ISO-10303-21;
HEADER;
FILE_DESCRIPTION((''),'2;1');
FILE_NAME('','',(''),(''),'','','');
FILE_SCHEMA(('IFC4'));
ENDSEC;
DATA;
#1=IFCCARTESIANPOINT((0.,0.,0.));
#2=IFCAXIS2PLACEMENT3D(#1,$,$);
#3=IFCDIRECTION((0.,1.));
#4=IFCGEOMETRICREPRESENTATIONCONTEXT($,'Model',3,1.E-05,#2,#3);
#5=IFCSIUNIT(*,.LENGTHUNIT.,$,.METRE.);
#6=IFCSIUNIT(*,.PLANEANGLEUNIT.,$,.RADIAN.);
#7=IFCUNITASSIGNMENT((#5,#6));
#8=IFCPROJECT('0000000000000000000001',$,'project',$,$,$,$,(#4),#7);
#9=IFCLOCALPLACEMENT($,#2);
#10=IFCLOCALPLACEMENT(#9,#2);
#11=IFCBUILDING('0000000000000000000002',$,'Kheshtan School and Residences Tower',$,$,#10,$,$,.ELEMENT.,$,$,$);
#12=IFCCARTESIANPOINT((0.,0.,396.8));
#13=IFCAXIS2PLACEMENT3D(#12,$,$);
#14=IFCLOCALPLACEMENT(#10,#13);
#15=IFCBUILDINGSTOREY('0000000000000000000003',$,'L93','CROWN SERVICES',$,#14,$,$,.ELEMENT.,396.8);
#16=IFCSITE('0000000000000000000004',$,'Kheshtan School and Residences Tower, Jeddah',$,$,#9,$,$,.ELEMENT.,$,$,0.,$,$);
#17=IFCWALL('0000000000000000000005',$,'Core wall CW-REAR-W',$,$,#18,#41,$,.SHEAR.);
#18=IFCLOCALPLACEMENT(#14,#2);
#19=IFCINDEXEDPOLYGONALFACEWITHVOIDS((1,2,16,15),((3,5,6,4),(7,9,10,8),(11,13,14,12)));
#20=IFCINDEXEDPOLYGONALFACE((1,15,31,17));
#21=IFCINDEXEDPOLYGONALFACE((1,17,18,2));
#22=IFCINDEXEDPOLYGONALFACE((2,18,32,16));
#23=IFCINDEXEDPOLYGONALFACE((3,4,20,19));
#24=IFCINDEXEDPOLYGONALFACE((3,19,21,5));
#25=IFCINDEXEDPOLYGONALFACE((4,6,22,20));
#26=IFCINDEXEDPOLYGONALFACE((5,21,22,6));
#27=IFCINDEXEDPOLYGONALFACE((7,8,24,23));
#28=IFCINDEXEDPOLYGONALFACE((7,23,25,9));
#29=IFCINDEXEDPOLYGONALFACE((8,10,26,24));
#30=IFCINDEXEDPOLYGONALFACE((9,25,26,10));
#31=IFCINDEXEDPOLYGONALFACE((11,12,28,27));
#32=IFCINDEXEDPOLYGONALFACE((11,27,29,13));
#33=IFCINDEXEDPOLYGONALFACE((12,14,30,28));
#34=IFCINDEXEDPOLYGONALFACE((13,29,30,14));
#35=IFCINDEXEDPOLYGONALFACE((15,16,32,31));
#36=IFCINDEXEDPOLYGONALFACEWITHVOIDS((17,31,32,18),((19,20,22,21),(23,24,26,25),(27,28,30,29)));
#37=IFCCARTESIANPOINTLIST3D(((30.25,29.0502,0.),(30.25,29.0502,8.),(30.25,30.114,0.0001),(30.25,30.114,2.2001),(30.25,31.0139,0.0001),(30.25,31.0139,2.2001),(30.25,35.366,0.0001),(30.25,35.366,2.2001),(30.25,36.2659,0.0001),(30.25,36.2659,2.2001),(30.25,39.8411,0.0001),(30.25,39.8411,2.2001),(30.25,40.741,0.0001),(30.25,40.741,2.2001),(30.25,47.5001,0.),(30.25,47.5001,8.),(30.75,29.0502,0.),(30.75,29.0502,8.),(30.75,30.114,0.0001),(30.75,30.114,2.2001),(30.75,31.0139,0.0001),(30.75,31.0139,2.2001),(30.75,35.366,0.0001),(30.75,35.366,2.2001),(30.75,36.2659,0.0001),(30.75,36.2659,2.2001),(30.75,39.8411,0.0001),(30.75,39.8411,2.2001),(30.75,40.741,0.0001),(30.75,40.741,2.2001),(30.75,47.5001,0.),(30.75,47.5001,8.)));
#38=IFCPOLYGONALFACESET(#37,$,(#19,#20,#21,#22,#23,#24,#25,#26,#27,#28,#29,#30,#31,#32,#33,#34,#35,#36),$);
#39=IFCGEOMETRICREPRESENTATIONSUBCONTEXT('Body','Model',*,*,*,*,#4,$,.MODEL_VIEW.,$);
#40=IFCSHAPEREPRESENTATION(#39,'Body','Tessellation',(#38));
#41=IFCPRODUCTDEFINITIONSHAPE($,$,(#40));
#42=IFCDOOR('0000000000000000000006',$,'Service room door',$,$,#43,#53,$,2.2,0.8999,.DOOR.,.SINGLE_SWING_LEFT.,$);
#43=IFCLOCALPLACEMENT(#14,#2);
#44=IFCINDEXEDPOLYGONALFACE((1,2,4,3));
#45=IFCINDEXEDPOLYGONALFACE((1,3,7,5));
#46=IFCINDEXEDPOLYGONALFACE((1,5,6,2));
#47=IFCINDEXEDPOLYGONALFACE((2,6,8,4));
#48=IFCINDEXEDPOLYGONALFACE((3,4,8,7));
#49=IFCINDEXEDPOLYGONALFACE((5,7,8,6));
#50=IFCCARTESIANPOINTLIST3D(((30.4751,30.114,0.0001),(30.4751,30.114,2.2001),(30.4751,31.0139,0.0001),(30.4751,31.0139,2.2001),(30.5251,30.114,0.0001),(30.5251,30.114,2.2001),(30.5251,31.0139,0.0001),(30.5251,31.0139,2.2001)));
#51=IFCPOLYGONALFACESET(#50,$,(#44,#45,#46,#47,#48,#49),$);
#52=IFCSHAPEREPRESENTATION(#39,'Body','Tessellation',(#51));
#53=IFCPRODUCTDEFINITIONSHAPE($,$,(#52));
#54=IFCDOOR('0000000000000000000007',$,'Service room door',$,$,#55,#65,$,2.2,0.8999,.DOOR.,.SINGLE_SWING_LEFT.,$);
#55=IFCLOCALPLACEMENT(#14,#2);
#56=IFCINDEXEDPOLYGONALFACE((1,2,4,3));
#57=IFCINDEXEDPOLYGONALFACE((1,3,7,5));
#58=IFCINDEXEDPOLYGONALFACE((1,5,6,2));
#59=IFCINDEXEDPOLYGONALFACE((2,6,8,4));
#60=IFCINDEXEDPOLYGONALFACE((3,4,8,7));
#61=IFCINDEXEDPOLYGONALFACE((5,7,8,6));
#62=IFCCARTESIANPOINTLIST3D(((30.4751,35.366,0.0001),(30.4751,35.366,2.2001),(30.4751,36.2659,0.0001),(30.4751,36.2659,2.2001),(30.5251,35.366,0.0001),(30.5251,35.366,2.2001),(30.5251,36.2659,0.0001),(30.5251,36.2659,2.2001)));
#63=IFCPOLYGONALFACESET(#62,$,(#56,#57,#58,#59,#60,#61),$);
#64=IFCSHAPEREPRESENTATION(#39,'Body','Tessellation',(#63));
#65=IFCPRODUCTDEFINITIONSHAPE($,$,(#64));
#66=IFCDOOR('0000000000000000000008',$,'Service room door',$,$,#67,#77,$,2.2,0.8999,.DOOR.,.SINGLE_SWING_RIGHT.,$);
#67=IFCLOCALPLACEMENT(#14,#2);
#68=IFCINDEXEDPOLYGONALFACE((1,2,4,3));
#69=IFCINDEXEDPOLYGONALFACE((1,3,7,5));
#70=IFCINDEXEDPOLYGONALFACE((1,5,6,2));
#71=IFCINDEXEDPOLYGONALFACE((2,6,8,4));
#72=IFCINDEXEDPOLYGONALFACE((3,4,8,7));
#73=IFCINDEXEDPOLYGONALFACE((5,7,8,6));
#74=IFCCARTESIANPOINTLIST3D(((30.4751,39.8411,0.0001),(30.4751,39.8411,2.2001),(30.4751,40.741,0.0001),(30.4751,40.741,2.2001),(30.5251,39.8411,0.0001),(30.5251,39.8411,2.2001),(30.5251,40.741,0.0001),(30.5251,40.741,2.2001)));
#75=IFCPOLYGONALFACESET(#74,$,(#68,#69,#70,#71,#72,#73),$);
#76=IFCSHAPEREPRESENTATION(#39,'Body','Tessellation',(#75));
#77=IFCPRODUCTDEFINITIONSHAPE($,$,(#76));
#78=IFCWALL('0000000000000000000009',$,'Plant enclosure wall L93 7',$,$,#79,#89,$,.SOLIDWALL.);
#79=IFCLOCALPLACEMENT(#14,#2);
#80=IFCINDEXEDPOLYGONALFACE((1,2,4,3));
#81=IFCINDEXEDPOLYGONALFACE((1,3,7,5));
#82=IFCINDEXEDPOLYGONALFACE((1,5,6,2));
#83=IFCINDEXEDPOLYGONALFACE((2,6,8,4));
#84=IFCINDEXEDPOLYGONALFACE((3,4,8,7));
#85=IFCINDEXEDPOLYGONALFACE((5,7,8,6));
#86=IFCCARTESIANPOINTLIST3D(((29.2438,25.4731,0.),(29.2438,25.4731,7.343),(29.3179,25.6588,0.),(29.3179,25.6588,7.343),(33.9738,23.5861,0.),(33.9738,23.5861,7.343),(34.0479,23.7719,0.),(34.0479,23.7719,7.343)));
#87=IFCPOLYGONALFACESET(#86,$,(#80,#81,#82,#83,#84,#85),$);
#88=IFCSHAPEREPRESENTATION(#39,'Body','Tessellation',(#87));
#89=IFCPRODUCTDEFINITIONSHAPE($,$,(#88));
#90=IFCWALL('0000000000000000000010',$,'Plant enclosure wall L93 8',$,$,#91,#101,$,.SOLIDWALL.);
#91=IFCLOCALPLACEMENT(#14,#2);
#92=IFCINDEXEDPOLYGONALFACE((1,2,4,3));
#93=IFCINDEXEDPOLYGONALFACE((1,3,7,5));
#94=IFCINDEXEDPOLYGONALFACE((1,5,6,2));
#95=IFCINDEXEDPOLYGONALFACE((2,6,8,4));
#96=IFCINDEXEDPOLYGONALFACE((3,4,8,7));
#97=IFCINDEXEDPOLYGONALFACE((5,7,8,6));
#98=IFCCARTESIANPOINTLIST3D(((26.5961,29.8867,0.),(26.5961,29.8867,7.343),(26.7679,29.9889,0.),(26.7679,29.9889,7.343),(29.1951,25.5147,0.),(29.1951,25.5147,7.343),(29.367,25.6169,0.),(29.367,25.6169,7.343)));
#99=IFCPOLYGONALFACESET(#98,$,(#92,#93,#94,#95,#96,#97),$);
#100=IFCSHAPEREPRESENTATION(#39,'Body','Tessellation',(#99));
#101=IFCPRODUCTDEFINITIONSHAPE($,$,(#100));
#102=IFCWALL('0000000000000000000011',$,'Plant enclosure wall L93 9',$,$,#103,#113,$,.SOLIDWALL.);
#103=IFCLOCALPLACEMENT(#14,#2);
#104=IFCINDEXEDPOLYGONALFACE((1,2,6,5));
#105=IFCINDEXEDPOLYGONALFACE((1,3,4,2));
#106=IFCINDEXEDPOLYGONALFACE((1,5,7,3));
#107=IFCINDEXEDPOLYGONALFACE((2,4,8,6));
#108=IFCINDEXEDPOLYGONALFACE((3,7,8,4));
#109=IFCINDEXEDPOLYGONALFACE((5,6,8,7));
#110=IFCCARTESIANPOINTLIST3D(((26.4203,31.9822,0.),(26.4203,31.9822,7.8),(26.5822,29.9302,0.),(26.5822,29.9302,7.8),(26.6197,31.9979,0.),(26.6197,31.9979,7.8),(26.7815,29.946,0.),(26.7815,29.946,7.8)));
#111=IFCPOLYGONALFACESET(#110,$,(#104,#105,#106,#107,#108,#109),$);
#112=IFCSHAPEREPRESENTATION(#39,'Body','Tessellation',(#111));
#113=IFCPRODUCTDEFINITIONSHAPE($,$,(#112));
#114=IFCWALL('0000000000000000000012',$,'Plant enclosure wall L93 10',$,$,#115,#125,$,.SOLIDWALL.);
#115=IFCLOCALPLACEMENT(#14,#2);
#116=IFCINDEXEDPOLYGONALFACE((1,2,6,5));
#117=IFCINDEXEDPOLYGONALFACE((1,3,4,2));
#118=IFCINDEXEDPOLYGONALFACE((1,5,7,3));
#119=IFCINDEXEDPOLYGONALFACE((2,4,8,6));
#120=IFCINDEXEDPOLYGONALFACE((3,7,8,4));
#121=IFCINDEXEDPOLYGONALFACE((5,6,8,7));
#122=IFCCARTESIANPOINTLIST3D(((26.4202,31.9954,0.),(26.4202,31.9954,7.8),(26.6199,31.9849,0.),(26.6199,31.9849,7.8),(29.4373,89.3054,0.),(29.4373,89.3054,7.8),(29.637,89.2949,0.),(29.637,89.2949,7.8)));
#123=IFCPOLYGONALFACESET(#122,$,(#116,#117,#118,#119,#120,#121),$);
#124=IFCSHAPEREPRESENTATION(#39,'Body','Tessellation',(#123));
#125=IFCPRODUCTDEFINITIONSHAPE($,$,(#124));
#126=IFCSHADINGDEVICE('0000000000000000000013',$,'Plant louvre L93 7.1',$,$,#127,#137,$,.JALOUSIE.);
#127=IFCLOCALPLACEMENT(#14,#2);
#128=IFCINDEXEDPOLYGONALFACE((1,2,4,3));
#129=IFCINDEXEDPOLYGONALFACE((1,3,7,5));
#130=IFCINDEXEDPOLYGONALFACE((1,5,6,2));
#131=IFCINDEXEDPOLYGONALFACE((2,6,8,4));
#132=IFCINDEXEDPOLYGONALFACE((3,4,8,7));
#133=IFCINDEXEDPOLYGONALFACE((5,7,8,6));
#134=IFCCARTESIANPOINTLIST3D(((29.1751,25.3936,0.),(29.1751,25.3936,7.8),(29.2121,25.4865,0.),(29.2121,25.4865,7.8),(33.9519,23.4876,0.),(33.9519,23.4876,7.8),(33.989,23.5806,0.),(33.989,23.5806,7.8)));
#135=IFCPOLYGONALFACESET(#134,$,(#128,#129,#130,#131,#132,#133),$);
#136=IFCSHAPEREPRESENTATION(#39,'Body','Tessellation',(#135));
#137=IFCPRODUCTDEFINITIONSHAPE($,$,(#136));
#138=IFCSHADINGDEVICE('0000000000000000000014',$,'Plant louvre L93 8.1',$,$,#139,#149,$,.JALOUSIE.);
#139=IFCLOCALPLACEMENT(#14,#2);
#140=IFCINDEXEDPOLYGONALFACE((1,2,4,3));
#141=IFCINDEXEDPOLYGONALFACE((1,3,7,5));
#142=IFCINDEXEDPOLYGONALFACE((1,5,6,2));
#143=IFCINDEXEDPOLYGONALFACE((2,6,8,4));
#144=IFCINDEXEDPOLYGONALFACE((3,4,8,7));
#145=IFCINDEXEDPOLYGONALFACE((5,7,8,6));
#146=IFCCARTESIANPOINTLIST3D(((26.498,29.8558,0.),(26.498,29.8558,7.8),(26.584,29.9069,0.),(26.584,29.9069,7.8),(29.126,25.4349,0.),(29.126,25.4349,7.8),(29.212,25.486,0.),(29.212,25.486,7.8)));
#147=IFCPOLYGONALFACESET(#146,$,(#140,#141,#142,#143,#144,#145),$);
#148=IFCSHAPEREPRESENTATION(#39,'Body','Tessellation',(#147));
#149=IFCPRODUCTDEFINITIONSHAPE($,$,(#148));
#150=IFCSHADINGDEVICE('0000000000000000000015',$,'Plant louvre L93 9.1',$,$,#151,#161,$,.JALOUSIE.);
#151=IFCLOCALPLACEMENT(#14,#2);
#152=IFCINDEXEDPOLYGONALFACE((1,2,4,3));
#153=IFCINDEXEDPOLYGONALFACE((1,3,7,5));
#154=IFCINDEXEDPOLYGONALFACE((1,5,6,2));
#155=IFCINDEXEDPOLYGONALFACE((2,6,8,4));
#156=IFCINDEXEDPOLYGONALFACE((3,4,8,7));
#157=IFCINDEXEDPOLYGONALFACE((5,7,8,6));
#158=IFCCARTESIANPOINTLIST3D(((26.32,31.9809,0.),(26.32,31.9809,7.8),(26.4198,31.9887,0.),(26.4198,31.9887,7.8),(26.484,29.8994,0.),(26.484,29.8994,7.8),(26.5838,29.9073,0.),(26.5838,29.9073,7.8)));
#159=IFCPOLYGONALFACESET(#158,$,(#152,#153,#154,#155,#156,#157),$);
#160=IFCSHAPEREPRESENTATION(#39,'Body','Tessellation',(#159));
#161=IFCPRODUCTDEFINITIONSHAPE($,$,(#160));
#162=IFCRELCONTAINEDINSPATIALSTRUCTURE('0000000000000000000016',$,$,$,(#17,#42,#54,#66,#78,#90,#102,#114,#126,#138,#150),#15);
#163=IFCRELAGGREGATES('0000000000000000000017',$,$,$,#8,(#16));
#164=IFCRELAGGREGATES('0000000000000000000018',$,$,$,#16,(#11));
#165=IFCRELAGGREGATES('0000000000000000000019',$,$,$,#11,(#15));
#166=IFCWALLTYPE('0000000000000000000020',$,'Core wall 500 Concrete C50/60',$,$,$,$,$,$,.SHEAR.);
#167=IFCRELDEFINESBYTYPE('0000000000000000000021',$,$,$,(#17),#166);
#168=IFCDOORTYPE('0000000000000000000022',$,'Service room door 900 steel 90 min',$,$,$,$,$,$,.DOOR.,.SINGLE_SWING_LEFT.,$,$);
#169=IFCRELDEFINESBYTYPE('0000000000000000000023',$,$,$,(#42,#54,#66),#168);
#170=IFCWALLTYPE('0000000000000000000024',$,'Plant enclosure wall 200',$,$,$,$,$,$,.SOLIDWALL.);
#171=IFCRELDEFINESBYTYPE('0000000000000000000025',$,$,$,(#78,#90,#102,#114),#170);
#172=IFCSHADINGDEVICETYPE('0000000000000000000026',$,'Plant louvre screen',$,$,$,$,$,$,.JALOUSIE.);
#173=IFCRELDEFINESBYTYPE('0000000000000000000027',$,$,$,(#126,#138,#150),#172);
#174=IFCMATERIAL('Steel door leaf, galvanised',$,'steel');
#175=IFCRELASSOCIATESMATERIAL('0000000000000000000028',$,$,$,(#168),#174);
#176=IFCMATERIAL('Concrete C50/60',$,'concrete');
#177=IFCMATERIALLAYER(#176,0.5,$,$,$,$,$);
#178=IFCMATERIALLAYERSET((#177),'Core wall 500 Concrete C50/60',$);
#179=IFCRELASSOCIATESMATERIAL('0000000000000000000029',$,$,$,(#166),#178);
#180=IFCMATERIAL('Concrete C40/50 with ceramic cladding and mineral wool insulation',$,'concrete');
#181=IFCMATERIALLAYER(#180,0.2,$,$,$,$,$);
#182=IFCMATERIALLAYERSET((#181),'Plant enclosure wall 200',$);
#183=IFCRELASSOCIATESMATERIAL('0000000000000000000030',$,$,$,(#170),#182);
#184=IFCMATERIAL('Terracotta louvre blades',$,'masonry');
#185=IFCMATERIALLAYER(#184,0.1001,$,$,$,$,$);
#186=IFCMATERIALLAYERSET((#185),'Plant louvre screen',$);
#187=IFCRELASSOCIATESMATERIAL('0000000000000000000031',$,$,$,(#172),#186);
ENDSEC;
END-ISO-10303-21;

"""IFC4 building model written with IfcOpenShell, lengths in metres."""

from ifc_helpers import new_model, si_unit, direction, frame, frame_2d, origin, origin_2d, place, context, subcontext, project, spatial, rectangle, extrude, source, transform, mapped, material, layer, layer_set, type_object, element, fill, save


model = new_model("IFC4")

# Units and contexts
model_context = context("Model", 3, precision=1e-05, world=origin(), true_north=direction((0.0, 1.0)))
body_context = subcontext(model_context, "Body", "Model", "MODEL_VIEW")
ifc_project = project(units=[si_unit("LENGTHUNIT", "METRE"), si_unit("PLANEANGLEUNIT", "RADIAN")], contexts=[model_context])

# Site, building, storey
site_placement = place(None, origin())
site = spatial("IfcSite", under=ifc_project, at=site_placement, Name="Kheshtan School and Residences Tower, Jeddah", CompositionType="ELEMENT", RefElevation=0.0)
building_placement = place(site_placement, origin())
building = spatial("IfcBuilding", under=site, at=building_placement, Name="Kheshtan School and Residences Tower", CompositionType="ELEMENT")
storey_placement = place(building_placement, frame((0.0, 0.0, 396.8)))
storey = spatial("IfcBuildingStorey", under=building, at=storey_placement, Name="L93", Description="CROWN SERVICES", CompositionType="ELEMENT", Elevation=396.8)

# Shared definitions
ifc_material_1 = material(Name="Concrete C50/60", Category="concrete")
ifc_material_2 = material(Name="Steel door leaf, galvanised", Category="steel")
door_type_1 = type_object("IfcDoorType", Name="Service room door 900 steel 90 min", OperationType="SINGLE_SWING_LEFT", PredefinedType="DOOR", material=ifc_material_2)
shared_shape_1 = source(origin(), body_context, "Body", "SweptSolid", [
    extrude(rectangle(XDim=0.8999, YDim=2.2, at=frame_2d((0.45, 1.1001))), frame((0.0, 0.0249, 0.0), z_axis=(0.0, -1.0, 0.0), x_axis=(1.0, 0.0, 0.0)), (0.0, 0.0, 1.0), 0.05),
])

# Shared definitions
ifc_layer_1 = layer(ifc_material_1, 0.5)
ifc_layer_set_1 = layer_set([ifc_layer_1], Name="Core wall 500 Concrete C50/60")
wall_type_1 = type_object("IfcWallType", Name="Core wall 500 Concrete C50/60", PredefinedType="SHEAR", material=ifc_layer_set_1)

# Wall, openings, doors
wall_1_placement = place(storey_placement, frame((30.5, 29.05, 0.0), z_axis=(0.0, 0.0, 1.0), x_axis=(0.0, 1.0, 0.0)))
wall_1 = element("IfcWall", 1, at=wall_1_placement, inside=storey, type_object=wall_type_1, Name="Core wall CW-REAR-W", PredefinedType="SHEAR", context=body_context, shape_type="SweptSolid", body=[
    extrude(rectangle(XDim=18.45, YDim=0.5, at=frame_2d((9.2251, 0.0))), origin(), (0.0, 0.0, 1.0), 8.0),
])
opening_1_placement = place(wall_1_placement, frame((1.064, 0.0, 0.0)))
opening_1 = element("IfcOpeningElement", 2, at=opening_1_placement, cuts=wall_1, PredefinedType="OPENING", context=body_context, shape_type="SweptSolid", body=[
    extrude(rectangle(XDim=0.8999, YDim=2.2, at=frame_2d((0.45, 1.1001))), frame((0.0, 0.26, 0.0), z_axis=(0.0, -1.0, 0.0), x_axis=(1.0, 0.0, 0.0)), (0.0, 0.0, 1.0), 0.52),
])
opening_2_placement = place(wall_1_placement, frame((6.3159, 0.0, 0.0)))
opening_2 = element("IfcOpeningElement", 3, at=opening_2_placement, cuts=wall_1, PredefinedType="OPENING", context=body_context, shape_type="SweptSolid", body=[
    extrude(rectangle(XDim=0.8999, YDim=2.2, at=frame_2d((0.45, 1.1001))), frame((0.0, 0.26, 0.0), z_axis=(0.0, -1.0, 0.0), x_axis=(1.0, 0.0, 0.0)), (0.0, 0.0, 1.0), 0.52),
])
opening_3_placement = place(wall_1_placement, frame((10.791, 0.0, 0.0)))
opening_3 = element("IfcOpeningElement", 4, at=opening_3_placement, cuts=wall_1, PredefinedType="OPENING", context=body_context, shape_type="SweptSolid", body=[
    extrude(rectangle(XDim=0.8999, YDim=2.2, at=frame_2d((0.45, 1.1001))), frame((0.0, 0.26, 0.0), z_axis=(0.0, -1.0, 0.0), x_axis=(1.0, 0.0, 0.0)), (0.0, 0.0, 1.0), 0.52),
])
door_1_placement = place(opening_1_placement, origin())
door_1 = element("IfcDoor", 5, at=door_1_placement, inside=storey, type_object=door_type_1, Name="Service room door", OperationType="SINGLE_SWING_LEFT", OverallHeight=2.2, OverallWidth=0.8999, PredefinedType="DOOR", context=body_context, shape_type="MappedRepresentation", body=[
    mapped(shared_shape_1, transform((0.0, 0.0, 0.0), x_axis=(1.0, 0.0, 0.0), y_axis=(0.0, 1.0, 0.0), z_axis=(0.0, 0.0, 1.0), scale=1.0)),
])
fill(opening_1, door_1)
door_2_placement = place(opening_2_placement, origin())
door_2 = element("IfcDoor", 6, at=door_2_placement, inside=storey, type_object=door_type_1, Name="Service room door", OperationType="SINGLE_SWING_LEFT", OverallHeight=2.2, OverallWidth=0.8999, PredefinedType="DOOR", context=body_context, shape_type="MappedRepresentation", body=[
    mapped(shared_shape_1, transform((0.0, 0.0, 0.0), x_axis=(1.0, 0.0, 0.0), y_axis=(0.0, 1.0, 0.0), z_axis=(0.0, 0.0, 1.0), scale=1.0)),
])
fill(opening_2, door_2)
door_3_placement = place(opening_3_placement, origin())
door_3 = element("IfcDoor", 7, at=door_3_placement, inside=storey, type_object=door_type_1, Name="Service room door", OperationType="SINGLE_SWING_RIGHT", OverallHeight=2.2, OverallWidth=0.8999, PredefinedType="DOOR", context=body_context, shape_type="MappedRepresentation", body=[
    mapped(shared_shape_1, transform((0.0, 0.0, 0.0), x_axis=(1.0, 0.0, 0.0), y_axis=(0.0, 1.0, 0.0), z_axis=(0.0, 0.0, 1.0), scale=1.0)),
])
fill(opening_3, door_3)

# Walls
ifc_material_3 = material(Name="Concrete C40/50 with ceramic cladding and mineral wool insulation", Category="concrete")
ifc_layer_2 = layer(ifc_material_3, 0.2)
ifc_layer_set_2 = layer_set([ifc_layer_2], Name="Plant enclosure wall 200")
wall_type_2 = type_object("IfcWallType", Name="Plant enclosure wall 200", PredefinedType="SOLIDWALL", material=ifc_layer_set_2)
wall_2_placement = place(storey_placement, frame((34.011, 23.679, 0.0), z_axis=(0.0, 0.0, 1.0), x_axis=(-0.928817, 0.370539, 0.0)))
element("IfcWall", 8, at=wall_2_placement, inside=storey, type_object=wall_type_2, Name="Plant enclosure wall L93 7", PredefinedType="SOLIDWALL", context=body_context, shape_type="SweptSolid", body=[
    extrude(rectangle(XDim=5.0925, YDim=0.2, at=frame_2d((2.5464, 0.0))), origin(), (0.0, 0.0, 1.0), 7.343),
])
wall_3_placement = place(storey_placement, frame((29.281, 25.5659, 0.0), z_axis=(0.0, 0.0, 1.0), x_axis=(-0.511004, 0.859578, 0.0)))
element("IfcWall", 9, at=wall_3_placement, inside=storey, type_object=wall_type_2, Name="Plant enclosure wall L93 8", PredefinedType="SOLIDWALL", context=body_context, shape_type="SweptSolid", body=[
    extrude(rectangle(XDim=5.0862, YDim=0.2, at=frame_2d((2.543, 0.0))), origin(), (0.0, 0.0, 1.0), 7.343),
])
wall_4_placement = place(storey_placement, frame((26.6819, 29.938, 0.0), z_axis=(0.0, 0.0, 1.0), x_axis=(-0.078637, 0.996903, 0.0)))
element("IfcWall", 10, at=wall_4_placement, inside=storey, type_object=wall_type_2, Name="Plant enclosure wall L93 9", PredefinedType="SOLIDWALL", context=body_context, shape_type="SweptSolid", body=[
    extrude(rectangle(XDim=2.0583, YDim=0.2, at=frame_2d((1.0293, 0.0))), origin(), (0.0, 0.0, 1.0), 7.8),
])
wall_5_placement = place(storey_placement, frame((26.52, 31.99, 0.0), z_axis=(0.0, 0.0, 1.0), x_axis=(0.052572, 0.998617, 0.0)))
element("IfcWall", 11, at=wall_5_placement, inside=storey, type_object=wall_type_2, Name="Plant enclosure wall L93 10", PredefinedType="SOLIDWALL", context=body_context, shape_type="SweptSolid", body=[
    extrude(rectangle(XDim=57.3894, YDim=0.2, at=frame_2d((28.6948, 0.0))), origin(), (0.0, 0.0, 1.0), 7.8),
])

# Shading devices
ifc_material_4 = material(Name="Terracotta louvre blades", Category="masonry")
ifc_layer_3 = layer(ifc_material_4, 0.1001)
ifc_layer_set_3 = layer_set([ifc_layer_3], Name="Plant louvre screen")
shading_device_type = type_object("IfcShadingDeviceType", Name="Plant louvre screen", PredefinedType="JALOUSIE", material=ifc_layer_set_3)
for number, where, z_axis, x_axis, name in (
    (12, (31.582, 24.4871, 0.0), (0.0, 0.0, 1.0), (-0.928797, 0.37059, 0.0), "Plant louvre L93 7.1"),
    (13, (27.855, 27.6709, 0.0), (0.0, 0.0, 1.0), (-0.510978, 0.859594, 0.0), "Plant louvre L93 8.1"),
):
    element("IfcShadingDevice", number, at=place(storey_placement, frame(where, z_axis=z_axis, x_axis=x_axis)), inside=storey, type_object=shading_device_type, Name=name, PredefinedType="JALOUSIE", context=body_context, shape_type="SweptSolid", body=[
        extrude(rectangle(XDim=5.1431, YDim=0.1001, at=origin_2d()), origin(), (0.0, 0.0, 1.0), 7.8),
    ])
shading_device_placement = place(storey_placement, frame((26.4519, 30.9441, 0.0), z_axis=(0.0, 0.0, 1.0), x_axis=(-0.078529, 0.996912, 0.0)))
element("IfcShadingDevice", 14, at=shading_device_placement, inside=storey, type_object=shading_device_type, Name="Plant louvre L93 9.1", PredefinedType="JALOUSIE", context=body_context, shape_type="SweptSolid", body=[
    extrude(rectangle(XDim=2.0879, YDim=0.1001, at=origin_2d()), origin(), (0.0, 0.0, 1.0), 7.8),
])

save(model, "model.ifc")
